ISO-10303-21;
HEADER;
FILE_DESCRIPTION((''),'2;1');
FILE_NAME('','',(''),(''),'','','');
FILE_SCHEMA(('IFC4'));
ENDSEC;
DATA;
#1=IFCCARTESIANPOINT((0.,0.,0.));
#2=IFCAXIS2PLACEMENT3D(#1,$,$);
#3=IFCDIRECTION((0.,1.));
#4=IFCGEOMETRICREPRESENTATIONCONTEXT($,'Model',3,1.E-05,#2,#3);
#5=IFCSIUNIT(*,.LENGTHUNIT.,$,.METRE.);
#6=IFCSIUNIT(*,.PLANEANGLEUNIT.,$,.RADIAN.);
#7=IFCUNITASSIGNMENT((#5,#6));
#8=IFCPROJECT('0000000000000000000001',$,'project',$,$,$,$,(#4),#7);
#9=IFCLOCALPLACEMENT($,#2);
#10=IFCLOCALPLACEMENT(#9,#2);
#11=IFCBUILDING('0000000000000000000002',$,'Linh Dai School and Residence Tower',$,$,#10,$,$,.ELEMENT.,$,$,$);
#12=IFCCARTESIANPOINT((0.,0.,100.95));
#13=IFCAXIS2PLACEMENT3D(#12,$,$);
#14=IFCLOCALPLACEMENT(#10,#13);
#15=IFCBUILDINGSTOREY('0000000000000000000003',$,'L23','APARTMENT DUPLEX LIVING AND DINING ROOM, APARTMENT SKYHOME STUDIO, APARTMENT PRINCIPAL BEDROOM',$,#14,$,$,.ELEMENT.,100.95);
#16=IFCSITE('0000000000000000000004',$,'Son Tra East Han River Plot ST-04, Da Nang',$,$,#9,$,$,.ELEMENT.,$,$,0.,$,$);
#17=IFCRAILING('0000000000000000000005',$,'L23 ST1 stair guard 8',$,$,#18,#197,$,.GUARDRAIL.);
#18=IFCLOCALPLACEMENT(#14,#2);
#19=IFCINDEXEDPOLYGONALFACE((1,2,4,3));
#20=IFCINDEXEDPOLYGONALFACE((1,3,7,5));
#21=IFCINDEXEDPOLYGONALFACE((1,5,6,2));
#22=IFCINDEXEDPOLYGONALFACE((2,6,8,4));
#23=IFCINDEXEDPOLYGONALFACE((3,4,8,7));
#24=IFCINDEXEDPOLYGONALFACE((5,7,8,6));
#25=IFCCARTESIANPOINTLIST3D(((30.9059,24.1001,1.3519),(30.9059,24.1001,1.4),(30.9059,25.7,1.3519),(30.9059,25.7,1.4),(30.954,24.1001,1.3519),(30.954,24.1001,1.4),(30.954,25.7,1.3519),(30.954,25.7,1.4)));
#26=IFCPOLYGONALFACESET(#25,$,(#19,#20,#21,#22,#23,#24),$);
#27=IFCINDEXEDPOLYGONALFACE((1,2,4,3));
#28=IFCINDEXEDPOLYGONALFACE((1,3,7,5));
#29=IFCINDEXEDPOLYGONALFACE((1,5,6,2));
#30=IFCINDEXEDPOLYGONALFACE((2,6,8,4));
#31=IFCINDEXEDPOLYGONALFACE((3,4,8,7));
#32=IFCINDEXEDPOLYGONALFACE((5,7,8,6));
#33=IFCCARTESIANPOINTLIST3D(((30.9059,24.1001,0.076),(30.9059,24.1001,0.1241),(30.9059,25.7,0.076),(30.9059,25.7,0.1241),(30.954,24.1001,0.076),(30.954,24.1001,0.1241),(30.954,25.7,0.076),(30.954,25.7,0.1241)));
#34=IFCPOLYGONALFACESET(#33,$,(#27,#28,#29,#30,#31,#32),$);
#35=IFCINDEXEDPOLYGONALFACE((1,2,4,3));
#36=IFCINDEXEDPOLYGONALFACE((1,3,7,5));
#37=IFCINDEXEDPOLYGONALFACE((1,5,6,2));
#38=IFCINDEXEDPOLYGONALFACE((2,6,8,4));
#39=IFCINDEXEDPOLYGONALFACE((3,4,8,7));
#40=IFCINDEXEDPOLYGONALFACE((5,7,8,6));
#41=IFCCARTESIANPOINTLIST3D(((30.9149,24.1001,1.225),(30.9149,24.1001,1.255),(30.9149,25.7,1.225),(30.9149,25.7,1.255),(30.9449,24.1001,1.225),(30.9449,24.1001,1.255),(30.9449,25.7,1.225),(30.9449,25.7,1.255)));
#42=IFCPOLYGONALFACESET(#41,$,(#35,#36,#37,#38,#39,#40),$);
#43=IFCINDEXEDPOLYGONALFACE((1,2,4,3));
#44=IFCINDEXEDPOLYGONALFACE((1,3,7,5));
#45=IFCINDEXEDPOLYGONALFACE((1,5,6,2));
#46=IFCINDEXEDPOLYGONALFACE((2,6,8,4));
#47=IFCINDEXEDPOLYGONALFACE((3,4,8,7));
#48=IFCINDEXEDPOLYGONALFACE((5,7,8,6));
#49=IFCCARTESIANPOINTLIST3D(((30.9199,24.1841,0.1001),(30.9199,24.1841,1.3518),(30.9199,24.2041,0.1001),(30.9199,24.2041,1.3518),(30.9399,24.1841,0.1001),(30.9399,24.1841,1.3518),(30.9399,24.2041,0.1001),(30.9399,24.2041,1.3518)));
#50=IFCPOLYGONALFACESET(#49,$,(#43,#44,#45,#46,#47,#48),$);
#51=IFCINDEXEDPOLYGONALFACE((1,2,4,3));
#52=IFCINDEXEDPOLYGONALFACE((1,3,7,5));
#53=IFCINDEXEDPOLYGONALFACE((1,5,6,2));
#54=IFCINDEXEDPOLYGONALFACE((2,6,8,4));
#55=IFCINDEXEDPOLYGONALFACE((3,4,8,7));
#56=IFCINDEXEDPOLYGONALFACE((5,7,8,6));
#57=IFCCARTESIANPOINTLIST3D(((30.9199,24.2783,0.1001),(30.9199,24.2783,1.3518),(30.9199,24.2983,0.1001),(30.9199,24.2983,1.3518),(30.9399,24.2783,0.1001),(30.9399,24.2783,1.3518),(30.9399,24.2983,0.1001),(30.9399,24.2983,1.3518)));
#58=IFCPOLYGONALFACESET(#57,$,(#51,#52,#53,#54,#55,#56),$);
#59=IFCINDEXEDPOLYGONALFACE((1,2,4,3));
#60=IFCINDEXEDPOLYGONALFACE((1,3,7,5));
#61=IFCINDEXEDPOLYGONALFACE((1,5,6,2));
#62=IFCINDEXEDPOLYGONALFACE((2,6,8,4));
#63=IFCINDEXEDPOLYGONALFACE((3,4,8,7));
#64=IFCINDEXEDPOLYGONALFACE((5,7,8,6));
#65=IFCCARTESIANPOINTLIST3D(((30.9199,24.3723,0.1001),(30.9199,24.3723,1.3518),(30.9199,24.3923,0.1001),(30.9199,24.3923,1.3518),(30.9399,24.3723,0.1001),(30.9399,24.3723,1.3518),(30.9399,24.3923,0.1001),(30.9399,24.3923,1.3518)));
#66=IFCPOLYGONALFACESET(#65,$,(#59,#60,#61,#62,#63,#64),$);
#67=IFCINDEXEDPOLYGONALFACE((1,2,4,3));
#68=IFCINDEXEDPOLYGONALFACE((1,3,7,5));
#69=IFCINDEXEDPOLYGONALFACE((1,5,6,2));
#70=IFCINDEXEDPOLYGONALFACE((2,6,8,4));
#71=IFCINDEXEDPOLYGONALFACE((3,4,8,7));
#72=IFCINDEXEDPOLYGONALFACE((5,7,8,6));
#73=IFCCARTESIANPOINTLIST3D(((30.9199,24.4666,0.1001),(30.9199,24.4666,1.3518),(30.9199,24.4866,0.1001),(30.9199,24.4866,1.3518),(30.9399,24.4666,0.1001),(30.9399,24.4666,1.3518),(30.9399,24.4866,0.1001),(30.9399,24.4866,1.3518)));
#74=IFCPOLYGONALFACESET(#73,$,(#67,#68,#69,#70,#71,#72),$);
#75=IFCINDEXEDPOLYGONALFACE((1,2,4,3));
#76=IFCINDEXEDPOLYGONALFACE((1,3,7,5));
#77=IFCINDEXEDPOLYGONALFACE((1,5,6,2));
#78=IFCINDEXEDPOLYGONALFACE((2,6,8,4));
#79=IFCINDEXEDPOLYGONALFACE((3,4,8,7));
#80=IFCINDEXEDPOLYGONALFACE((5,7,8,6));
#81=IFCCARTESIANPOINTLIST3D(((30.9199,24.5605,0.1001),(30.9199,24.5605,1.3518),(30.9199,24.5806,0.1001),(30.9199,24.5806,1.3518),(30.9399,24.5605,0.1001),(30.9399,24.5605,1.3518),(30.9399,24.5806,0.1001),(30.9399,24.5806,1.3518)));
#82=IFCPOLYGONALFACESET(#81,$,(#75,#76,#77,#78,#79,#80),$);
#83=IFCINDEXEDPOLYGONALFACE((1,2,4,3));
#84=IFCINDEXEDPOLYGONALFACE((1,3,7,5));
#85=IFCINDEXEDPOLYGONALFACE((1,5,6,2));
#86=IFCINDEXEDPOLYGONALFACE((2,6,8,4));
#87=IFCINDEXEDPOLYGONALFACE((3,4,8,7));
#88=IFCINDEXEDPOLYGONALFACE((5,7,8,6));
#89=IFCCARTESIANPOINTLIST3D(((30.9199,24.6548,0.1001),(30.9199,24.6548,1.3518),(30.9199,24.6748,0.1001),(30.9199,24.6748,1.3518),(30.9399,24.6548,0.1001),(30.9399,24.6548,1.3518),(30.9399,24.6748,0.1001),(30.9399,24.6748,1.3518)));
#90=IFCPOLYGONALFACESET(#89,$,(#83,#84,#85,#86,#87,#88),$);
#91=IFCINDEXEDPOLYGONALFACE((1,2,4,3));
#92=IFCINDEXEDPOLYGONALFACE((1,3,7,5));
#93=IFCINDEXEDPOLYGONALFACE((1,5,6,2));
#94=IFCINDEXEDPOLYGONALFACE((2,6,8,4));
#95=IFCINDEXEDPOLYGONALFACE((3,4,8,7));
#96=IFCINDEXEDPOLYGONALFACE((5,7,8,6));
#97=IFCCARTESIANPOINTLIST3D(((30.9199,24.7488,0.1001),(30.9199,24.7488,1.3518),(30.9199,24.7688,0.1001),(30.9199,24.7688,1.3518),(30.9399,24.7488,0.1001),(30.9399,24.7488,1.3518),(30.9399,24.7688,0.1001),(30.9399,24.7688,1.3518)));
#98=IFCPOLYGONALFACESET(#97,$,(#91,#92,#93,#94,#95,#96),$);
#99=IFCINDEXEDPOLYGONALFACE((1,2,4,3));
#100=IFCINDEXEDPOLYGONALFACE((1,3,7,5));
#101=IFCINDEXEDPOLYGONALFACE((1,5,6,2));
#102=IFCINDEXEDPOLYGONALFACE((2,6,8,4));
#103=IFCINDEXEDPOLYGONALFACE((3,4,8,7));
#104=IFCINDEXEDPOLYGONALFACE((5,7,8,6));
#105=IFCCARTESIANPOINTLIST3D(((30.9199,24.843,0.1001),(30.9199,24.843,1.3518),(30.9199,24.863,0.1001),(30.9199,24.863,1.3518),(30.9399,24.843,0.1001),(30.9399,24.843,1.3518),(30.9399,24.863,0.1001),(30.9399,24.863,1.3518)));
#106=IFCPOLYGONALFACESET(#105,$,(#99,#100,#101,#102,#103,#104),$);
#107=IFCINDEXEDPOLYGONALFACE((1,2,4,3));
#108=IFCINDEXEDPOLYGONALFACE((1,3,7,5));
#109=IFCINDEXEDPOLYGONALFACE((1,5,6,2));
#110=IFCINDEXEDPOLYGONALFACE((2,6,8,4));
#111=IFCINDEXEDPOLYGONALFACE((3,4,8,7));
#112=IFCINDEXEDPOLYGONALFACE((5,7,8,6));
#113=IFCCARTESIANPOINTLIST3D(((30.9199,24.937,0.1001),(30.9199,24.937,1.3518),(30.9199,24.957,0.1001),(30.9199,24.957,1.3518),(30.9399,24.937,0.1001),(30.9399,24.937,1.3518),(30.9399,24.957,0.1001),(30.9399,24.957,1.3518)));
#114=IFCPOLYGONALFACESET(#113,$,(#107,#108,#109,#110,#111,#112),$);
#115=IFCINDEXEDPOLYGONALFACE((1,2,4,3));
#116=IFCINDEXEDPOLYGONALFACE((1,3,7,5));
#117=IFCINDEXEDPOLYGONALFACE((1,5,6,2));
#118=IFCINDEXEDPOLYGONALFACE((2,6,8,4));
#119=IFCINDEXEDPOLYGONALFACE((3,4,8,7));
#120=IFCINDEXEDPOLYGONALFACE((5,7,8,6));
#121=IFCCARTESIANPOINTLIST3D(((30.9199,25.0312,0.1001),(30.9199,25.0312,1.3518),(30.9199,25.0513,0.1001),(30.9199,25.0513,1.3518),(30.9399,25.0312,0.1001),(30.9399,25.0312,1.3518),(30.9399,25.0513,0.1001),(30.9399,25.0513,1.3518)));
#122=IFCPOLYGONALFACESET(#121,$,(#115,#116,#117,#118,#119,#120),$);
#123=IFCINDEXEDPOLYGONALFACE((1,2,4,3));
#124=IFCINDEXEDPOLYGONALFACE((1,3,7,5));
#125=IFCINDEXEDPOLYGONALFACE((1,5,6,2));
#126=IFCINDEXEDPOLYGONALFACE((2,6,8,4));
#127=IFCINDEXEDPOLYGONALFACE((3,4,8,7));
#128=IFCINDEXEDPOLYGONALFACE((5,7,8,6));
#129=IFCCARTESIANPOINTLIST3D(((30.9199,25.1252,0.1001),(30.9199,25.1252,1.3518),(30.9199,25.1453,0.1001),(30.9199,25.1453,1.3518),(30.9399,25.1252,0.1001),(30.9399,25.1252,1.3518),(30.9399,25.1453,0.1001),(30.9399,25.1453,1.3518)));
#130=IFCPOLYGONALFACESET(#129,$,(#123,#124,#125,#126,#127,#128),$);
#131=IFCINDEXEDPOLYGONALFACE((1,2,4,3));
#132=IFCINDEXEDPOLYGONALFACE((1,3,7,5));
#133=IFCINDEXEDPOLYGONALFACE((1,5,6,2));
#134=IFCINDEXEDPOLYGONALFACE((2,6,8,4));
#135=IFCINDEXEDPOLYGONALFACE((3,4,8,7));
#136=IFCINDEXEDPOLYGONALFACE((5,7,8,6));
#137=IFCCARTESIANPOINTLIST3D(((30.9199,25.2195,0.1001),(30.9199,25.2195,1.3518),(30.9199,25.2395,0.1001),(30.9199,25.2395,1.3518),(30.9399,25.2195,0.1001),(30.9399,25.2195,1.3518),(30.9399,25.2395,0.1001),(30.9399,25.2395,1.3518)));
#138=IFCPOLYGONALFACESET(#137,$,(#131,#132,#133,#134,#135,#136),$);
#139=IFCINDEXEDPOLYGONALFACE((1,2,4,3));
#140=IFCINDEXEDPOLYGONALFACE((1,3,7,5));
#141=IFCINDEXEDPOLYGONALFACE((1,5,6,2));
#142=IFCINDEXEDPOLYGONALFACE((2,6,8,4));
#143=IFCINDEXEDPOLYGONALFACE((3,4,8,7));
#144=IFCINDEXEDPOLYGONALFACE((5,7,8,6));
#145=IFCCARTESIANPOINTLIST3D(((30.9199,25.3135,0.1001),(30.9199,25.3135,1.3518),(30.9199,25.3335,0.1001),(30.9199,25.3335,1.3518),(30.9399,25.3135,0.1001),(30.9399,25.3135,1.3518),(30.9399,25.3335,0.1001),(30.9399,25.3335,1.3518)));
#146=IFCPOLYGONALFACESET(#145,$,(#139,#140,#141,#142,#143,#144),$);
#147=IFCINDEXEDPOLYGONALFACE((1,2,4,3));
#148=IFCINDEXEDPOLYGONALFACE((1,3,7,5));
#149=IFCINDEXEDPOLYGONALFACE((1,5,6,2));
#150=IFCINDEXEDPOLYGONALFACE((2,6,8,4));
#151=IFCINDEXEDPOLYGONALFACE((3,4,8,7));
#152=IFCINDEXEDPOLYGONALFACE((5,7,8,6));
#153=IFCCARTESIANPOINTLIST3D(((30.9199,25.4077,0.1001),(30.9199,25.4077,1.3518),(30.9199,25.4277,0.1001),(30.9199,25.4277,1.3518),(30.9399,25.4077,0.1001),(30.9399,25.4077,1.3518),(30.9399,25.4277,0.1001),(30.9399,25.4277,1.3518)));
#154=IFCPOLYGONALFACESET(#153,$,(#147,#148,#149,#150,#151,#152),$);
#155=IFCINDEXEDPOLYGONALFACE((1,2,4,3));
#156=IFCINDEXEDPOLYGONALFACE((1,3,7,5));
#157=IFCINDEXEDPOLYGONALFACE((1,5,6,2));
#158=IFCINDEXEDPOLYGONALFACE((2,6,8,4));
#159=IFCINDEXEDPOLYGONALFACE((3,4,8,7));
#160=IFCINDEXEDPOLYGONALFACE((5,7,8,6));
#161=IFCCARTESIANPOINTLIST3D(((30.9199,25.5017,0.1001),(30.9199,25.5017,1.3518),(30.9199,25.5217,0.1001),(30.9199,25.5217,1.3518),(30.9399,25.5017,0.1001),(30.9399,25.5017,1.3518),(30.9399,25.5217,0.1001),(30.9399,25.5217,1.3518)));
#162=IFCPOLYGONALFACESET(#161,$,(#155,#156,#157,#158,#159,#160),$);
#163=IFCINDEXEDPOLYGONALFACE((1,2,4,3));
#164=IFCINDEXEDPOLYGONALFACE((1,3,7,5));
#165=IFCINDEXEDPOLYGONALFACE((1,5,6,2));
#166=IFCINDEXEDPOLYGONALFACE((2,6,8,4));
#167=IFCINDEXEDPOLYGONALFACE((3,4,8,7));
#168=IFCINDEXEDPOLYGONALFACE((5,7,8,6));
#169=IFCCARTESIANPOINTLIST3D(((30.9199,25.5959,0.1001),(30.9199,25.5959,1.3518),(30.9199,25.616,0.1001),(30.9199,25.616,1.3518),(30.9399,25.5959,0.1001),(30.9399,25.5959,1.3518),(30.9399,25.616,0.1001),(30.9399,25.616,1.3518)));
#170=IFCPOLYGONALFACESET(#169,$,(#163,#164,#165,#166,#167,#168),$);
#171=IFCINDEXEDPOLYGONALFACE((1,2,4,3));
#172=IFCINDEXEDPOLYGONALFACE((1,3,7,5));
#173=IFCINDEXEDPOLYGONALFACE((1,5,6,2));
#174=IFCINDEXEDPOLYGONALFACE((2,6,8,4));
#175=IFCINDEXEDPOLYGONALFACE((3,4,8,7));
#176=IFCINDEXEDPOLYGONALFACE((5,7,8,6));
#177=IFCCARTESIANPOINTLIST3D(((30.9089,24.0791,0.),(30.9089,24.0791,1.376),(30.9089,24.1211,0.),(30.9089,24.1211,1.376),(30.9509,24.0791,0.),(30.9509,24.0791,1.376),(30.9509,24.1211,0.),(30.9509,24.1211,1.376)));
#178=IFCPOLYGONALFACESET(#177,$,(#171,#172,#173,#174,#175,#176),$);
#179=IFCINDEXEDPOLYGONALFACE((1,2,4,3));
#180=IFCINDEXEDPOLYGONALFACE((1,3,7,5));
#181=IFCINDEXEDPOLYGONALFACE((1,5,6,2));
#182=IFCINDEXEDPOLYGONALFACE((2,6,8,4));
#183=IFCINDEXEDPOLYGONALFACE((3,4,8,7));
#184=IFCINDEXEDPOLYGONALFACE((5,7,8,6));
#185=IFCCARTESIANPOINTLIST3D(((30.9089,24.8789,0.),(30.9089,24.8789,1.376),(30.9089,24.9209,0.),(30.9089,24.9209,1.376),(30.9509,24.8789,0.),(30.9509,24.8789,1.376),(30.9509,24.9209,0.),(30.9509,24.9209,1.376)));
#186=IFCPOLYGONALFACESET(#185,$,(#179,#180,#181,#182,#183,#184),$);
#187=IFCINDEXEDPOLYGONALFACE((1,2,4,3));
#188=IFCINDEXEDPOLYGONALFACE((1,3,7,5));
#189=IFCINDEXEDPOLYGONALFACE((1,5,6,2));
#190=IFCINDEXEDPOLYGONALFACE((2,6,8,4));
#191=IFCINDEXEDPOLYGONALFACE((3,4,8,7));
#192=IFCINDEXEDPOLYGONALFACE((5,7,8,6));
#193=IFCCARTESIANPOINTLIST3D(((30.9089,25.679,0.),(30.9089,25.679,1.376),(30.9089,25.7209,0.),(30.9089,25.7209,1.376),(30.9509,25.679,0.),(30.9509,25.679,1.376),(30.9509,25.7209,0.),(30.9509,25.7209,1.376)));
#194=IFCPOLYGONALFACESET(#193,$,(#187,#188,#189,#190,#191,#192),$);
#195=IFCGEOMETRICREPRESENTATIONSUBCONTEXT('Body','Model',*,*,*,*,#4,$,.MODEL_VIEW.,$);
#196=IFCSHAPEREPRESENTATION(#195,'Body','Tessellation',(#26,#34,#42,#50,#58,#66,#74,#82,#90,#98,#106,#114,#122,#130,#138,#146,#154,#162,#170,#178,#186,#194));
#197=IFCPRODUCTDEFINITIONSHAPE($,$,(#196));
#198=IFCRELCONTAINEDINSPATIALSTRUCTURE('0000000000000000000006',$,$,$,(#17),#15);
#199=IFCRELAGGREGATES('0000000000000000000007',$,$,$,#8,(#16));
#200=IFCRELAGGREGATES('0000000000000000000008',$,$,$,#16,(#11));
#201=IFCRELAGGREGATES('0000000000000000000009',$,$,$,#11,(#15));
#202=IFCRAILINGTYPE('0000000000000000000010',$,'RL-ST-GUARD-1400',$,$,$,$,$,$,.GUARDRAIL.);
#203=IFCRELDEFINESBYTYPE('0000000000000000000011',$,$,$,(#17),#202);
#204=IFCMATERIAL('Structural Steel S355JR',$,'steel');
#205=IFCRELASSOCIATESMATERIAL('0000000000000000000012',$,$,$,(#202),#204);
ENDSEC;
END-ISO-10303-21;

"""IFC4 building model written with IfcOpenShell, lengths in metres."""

from ifc_helpers import new_model, si_unit, direction, frame, origin, origin_2d, place, context, subcontext, project, spatial, rectangle, extrude, source, transform, mapped, material, type_object, element, save


model = new_model("IFC4")

# Units and contexts
model_context = context("Model", 3, precision=1e-05, world=origin(), true_north=direction((0.0, 1.0)))
body_context = subcontext(model_context, "Body", "Model", "MODEL_VIEW")
ifc_project = project(units=[si_unit("LENGTHUNIT", "METRE"), si_unit("PLANEANGLEUNIT", "RADIAN")], contexts=[model_context])

# Site, building, storey
site_placement = place(None, origin())
site = spatial("IfcSite", under=ifc_project, at=site_placement, Name="Son Tra East Han River Plot ST-04, Da Nang", CompositionType="ELEMENT", RefElevation=0.0)
building_placement = place(site_placement, origin())
building = spatial("IfcBuilding", under=site, at=building_placement, Name="Linh Dai School and Residence Tower", CompositionType="ELEMENT")
storey_placement = place(building_placement, frame((0.0, 0.0, 100.95)))
storey = spatial("IfcBuildingStorey", under=building, at=storey_placement, Name="L23", Description="APARTMENT DUPLEX LIVING AND DINING ROOM, APARTMENT SKYHOME STUDIO, APARTMENT PRINCIPAL BEDROOM", CompositionType="ELEMENT", Elevation=100.95)

# Shared definitions
ifc_material_1 = material(Name="Structural Steel S355JR", Category="steel")

# Railing
railing_type = type_object("IfcRailingType", Name="RL-ST-GUARD-1400", PredefinedType="GUARDRAIL", material=ifc_material_1)
shared_shape_1 = source(origin(), body_context, "Body", "SweptSolid", [
    extrude(rectangle(XDim=0.0481, YDim=0.0481, at=origin_2d()), frame((0.0, 0.0, 1.376), z_axis=(0.0, 1.0, 0.0), x_axis=(-1.0, 0.0, 0.0)), (0.0, 0.0, 1.0), 1.5999),
    extrude(rectangle(XDim=0.0481, YDim=0.0481, at=origin_2d()), frame((0.0, 0.0, 0.1001), z_axis=(0.0, 1.0, 0.0), x_axis=(-1.0, 0.0, 0.0)), (0.0, 0.0, 1.0), 1.5999),
    extrude(rectangle(XDim=0.03, YDim=0.03, at=origin_2d()), frame((0.0, 0.0, 1.24), z_axis=(0.0, 1.0, 0.0), x_axis=(-1.0, 0.0, 0.0)), (0.0, 0.0, 1.0), 1.5999),
    extrude(rectangle(XDim=0.02, YDim=0.02, at=origin_2d()), frame((0.0, 0.094, 0.1001)), (0.0, 0.0, 1.0), 1.2517),
    extrude(rectangle(XDim=0.02, YDim=0.02, at=origin_2d()), frame((0.0, 0.1882, 0.1001)), (0.0, 0.0, 1.0), 1.2517),
    extrude(rectangle(XDim=0.02, YDim=0.02, at=origin_2d()), frame((0.0, 0.2822, 0.1001)), (0.0, 0.0, 1.0), 1.2517),
    extrude(rectangle(XDim=0.02, YDim=0.02, at=origin_2d()), frame((0.0, 0.3765, 0.1001)), (0.0, 0.0, 1.0), 1.2517),
    extrude(rectangle(XDim=0.02, YDim=0.02, at=origin_2d()), frame((0.0, 0.4705, 0.1001)), (0.0, 0.0, 1.0), 1.2517),
    extrude(rectangle(XDim=0.02, YDim=0.02, at=origin_2d()), frame((0.0, 0.5647, 0.1001)), (0.0, 0.0, 1.0), 1.2517),
    extrude(rectangle(XDim=0.02, YDim=0.02, at=origin_2d()), frame((0.0, 0.6587, 0.1001)), (0.0, 0.0, 1.0), 1.2517),
    extrude(rectangle(XDim=0.02, YDim=0.02, at=origin_2d()), frame((0.0, 0.7529, 0.1001)), (0.0, 0.0, 1.0), 1.2517),
    extrude(rectangle(XDim=0.02, YDim=0.02, at=origin_2d()), frame((0.0, 0.8469, 0.1001)), (0.0, 0.0, 1.0), 1.2517),
    extrude(rectangle(XDim=0.02, YDim=0.02, at=origin_2d()), frame((0.0, 0.9412, 0.1001)), (0.0, 0.0, 1.0), 1.2517),
    extrude(rectangle(XDim=0.02, YDim=0.02, at=origin_2d()), frame((0.0, 1.0352, 0.1001)), (0.0, 0.0, 1.0), 1.2517),
    extrude(rectangle(XDim=0.02, YDim=0.02, at=origin_2d()), frame((0.0, 1.1294, 0.1001)), (0.0, 0.0, 1.0), 1.2517),
    extrude(rectangle(XDim=0.02, YDim=0.02, at=origin_2d()), frame((0.0, 1.2234, 0.1001)), (0.0, 0.0, 1.0), 1.2517),
    extrude(rectangle(XDim=0.02, YDim=0.02, at=origin_2d()), frame((0.0, 1.3176, 0.1001)), (0.0, 0.0, 1.0), 1.2517),
    extrude(rectangle(XDim=0.02, YDim=0.02, at=origin_2d()), frame((0.0, 1.4116, 0.1001)), (0.0, 0.0, 1.0), 1.2517),
    extrude(rectangle(XDim=0.02, YDim=0.02, at=origin_2d()), frame((0.0, 1.5059, 0.1001)), (0.0, 0.0, 1.0), 1.2517),
    extrude(rectangle(XDim=0.042, YDim=0.042, at=origin_2d()), origin(), (0.0, 0.0, 1.0), 1.376),
    extrude(rectangle(XDim=0.042, YDim=0.042, at=origin_2d()), frame((0.0, 0.7998, 0.0)), (0.0, 0.0, 1.0), 1.376),
    extrude(rectangle(XDim=0.042, YDim=0.042, at=origin_2d()), frame((0.0, 1.5999, 0.0)), (0.0, 0.0, 1.0), 1.376),
])
for number, where, name in (
    (1, (30.9299, 24.1001, 0.0), "L23 ST1 stair guard 8"),
):
    element("IfcRailing", number, at=place(storey_placement, frame(where)), inside=storey, type_object=railing_type, Name=name, PredefinedType="GUARDRAIL", context=body_context, shape_type="MappedRepresentation", body=[
        mapped(shared_shape_1, transform((0.0, 0.0, 0.0), x_axis=(1.0, 0.0, 0.0), y_axis=(0.0, 1.0, 0.0), z_axis=(0.0, 0.0, 1.0), scale=1.0)),
    ])

save(model, "model.ifc")
